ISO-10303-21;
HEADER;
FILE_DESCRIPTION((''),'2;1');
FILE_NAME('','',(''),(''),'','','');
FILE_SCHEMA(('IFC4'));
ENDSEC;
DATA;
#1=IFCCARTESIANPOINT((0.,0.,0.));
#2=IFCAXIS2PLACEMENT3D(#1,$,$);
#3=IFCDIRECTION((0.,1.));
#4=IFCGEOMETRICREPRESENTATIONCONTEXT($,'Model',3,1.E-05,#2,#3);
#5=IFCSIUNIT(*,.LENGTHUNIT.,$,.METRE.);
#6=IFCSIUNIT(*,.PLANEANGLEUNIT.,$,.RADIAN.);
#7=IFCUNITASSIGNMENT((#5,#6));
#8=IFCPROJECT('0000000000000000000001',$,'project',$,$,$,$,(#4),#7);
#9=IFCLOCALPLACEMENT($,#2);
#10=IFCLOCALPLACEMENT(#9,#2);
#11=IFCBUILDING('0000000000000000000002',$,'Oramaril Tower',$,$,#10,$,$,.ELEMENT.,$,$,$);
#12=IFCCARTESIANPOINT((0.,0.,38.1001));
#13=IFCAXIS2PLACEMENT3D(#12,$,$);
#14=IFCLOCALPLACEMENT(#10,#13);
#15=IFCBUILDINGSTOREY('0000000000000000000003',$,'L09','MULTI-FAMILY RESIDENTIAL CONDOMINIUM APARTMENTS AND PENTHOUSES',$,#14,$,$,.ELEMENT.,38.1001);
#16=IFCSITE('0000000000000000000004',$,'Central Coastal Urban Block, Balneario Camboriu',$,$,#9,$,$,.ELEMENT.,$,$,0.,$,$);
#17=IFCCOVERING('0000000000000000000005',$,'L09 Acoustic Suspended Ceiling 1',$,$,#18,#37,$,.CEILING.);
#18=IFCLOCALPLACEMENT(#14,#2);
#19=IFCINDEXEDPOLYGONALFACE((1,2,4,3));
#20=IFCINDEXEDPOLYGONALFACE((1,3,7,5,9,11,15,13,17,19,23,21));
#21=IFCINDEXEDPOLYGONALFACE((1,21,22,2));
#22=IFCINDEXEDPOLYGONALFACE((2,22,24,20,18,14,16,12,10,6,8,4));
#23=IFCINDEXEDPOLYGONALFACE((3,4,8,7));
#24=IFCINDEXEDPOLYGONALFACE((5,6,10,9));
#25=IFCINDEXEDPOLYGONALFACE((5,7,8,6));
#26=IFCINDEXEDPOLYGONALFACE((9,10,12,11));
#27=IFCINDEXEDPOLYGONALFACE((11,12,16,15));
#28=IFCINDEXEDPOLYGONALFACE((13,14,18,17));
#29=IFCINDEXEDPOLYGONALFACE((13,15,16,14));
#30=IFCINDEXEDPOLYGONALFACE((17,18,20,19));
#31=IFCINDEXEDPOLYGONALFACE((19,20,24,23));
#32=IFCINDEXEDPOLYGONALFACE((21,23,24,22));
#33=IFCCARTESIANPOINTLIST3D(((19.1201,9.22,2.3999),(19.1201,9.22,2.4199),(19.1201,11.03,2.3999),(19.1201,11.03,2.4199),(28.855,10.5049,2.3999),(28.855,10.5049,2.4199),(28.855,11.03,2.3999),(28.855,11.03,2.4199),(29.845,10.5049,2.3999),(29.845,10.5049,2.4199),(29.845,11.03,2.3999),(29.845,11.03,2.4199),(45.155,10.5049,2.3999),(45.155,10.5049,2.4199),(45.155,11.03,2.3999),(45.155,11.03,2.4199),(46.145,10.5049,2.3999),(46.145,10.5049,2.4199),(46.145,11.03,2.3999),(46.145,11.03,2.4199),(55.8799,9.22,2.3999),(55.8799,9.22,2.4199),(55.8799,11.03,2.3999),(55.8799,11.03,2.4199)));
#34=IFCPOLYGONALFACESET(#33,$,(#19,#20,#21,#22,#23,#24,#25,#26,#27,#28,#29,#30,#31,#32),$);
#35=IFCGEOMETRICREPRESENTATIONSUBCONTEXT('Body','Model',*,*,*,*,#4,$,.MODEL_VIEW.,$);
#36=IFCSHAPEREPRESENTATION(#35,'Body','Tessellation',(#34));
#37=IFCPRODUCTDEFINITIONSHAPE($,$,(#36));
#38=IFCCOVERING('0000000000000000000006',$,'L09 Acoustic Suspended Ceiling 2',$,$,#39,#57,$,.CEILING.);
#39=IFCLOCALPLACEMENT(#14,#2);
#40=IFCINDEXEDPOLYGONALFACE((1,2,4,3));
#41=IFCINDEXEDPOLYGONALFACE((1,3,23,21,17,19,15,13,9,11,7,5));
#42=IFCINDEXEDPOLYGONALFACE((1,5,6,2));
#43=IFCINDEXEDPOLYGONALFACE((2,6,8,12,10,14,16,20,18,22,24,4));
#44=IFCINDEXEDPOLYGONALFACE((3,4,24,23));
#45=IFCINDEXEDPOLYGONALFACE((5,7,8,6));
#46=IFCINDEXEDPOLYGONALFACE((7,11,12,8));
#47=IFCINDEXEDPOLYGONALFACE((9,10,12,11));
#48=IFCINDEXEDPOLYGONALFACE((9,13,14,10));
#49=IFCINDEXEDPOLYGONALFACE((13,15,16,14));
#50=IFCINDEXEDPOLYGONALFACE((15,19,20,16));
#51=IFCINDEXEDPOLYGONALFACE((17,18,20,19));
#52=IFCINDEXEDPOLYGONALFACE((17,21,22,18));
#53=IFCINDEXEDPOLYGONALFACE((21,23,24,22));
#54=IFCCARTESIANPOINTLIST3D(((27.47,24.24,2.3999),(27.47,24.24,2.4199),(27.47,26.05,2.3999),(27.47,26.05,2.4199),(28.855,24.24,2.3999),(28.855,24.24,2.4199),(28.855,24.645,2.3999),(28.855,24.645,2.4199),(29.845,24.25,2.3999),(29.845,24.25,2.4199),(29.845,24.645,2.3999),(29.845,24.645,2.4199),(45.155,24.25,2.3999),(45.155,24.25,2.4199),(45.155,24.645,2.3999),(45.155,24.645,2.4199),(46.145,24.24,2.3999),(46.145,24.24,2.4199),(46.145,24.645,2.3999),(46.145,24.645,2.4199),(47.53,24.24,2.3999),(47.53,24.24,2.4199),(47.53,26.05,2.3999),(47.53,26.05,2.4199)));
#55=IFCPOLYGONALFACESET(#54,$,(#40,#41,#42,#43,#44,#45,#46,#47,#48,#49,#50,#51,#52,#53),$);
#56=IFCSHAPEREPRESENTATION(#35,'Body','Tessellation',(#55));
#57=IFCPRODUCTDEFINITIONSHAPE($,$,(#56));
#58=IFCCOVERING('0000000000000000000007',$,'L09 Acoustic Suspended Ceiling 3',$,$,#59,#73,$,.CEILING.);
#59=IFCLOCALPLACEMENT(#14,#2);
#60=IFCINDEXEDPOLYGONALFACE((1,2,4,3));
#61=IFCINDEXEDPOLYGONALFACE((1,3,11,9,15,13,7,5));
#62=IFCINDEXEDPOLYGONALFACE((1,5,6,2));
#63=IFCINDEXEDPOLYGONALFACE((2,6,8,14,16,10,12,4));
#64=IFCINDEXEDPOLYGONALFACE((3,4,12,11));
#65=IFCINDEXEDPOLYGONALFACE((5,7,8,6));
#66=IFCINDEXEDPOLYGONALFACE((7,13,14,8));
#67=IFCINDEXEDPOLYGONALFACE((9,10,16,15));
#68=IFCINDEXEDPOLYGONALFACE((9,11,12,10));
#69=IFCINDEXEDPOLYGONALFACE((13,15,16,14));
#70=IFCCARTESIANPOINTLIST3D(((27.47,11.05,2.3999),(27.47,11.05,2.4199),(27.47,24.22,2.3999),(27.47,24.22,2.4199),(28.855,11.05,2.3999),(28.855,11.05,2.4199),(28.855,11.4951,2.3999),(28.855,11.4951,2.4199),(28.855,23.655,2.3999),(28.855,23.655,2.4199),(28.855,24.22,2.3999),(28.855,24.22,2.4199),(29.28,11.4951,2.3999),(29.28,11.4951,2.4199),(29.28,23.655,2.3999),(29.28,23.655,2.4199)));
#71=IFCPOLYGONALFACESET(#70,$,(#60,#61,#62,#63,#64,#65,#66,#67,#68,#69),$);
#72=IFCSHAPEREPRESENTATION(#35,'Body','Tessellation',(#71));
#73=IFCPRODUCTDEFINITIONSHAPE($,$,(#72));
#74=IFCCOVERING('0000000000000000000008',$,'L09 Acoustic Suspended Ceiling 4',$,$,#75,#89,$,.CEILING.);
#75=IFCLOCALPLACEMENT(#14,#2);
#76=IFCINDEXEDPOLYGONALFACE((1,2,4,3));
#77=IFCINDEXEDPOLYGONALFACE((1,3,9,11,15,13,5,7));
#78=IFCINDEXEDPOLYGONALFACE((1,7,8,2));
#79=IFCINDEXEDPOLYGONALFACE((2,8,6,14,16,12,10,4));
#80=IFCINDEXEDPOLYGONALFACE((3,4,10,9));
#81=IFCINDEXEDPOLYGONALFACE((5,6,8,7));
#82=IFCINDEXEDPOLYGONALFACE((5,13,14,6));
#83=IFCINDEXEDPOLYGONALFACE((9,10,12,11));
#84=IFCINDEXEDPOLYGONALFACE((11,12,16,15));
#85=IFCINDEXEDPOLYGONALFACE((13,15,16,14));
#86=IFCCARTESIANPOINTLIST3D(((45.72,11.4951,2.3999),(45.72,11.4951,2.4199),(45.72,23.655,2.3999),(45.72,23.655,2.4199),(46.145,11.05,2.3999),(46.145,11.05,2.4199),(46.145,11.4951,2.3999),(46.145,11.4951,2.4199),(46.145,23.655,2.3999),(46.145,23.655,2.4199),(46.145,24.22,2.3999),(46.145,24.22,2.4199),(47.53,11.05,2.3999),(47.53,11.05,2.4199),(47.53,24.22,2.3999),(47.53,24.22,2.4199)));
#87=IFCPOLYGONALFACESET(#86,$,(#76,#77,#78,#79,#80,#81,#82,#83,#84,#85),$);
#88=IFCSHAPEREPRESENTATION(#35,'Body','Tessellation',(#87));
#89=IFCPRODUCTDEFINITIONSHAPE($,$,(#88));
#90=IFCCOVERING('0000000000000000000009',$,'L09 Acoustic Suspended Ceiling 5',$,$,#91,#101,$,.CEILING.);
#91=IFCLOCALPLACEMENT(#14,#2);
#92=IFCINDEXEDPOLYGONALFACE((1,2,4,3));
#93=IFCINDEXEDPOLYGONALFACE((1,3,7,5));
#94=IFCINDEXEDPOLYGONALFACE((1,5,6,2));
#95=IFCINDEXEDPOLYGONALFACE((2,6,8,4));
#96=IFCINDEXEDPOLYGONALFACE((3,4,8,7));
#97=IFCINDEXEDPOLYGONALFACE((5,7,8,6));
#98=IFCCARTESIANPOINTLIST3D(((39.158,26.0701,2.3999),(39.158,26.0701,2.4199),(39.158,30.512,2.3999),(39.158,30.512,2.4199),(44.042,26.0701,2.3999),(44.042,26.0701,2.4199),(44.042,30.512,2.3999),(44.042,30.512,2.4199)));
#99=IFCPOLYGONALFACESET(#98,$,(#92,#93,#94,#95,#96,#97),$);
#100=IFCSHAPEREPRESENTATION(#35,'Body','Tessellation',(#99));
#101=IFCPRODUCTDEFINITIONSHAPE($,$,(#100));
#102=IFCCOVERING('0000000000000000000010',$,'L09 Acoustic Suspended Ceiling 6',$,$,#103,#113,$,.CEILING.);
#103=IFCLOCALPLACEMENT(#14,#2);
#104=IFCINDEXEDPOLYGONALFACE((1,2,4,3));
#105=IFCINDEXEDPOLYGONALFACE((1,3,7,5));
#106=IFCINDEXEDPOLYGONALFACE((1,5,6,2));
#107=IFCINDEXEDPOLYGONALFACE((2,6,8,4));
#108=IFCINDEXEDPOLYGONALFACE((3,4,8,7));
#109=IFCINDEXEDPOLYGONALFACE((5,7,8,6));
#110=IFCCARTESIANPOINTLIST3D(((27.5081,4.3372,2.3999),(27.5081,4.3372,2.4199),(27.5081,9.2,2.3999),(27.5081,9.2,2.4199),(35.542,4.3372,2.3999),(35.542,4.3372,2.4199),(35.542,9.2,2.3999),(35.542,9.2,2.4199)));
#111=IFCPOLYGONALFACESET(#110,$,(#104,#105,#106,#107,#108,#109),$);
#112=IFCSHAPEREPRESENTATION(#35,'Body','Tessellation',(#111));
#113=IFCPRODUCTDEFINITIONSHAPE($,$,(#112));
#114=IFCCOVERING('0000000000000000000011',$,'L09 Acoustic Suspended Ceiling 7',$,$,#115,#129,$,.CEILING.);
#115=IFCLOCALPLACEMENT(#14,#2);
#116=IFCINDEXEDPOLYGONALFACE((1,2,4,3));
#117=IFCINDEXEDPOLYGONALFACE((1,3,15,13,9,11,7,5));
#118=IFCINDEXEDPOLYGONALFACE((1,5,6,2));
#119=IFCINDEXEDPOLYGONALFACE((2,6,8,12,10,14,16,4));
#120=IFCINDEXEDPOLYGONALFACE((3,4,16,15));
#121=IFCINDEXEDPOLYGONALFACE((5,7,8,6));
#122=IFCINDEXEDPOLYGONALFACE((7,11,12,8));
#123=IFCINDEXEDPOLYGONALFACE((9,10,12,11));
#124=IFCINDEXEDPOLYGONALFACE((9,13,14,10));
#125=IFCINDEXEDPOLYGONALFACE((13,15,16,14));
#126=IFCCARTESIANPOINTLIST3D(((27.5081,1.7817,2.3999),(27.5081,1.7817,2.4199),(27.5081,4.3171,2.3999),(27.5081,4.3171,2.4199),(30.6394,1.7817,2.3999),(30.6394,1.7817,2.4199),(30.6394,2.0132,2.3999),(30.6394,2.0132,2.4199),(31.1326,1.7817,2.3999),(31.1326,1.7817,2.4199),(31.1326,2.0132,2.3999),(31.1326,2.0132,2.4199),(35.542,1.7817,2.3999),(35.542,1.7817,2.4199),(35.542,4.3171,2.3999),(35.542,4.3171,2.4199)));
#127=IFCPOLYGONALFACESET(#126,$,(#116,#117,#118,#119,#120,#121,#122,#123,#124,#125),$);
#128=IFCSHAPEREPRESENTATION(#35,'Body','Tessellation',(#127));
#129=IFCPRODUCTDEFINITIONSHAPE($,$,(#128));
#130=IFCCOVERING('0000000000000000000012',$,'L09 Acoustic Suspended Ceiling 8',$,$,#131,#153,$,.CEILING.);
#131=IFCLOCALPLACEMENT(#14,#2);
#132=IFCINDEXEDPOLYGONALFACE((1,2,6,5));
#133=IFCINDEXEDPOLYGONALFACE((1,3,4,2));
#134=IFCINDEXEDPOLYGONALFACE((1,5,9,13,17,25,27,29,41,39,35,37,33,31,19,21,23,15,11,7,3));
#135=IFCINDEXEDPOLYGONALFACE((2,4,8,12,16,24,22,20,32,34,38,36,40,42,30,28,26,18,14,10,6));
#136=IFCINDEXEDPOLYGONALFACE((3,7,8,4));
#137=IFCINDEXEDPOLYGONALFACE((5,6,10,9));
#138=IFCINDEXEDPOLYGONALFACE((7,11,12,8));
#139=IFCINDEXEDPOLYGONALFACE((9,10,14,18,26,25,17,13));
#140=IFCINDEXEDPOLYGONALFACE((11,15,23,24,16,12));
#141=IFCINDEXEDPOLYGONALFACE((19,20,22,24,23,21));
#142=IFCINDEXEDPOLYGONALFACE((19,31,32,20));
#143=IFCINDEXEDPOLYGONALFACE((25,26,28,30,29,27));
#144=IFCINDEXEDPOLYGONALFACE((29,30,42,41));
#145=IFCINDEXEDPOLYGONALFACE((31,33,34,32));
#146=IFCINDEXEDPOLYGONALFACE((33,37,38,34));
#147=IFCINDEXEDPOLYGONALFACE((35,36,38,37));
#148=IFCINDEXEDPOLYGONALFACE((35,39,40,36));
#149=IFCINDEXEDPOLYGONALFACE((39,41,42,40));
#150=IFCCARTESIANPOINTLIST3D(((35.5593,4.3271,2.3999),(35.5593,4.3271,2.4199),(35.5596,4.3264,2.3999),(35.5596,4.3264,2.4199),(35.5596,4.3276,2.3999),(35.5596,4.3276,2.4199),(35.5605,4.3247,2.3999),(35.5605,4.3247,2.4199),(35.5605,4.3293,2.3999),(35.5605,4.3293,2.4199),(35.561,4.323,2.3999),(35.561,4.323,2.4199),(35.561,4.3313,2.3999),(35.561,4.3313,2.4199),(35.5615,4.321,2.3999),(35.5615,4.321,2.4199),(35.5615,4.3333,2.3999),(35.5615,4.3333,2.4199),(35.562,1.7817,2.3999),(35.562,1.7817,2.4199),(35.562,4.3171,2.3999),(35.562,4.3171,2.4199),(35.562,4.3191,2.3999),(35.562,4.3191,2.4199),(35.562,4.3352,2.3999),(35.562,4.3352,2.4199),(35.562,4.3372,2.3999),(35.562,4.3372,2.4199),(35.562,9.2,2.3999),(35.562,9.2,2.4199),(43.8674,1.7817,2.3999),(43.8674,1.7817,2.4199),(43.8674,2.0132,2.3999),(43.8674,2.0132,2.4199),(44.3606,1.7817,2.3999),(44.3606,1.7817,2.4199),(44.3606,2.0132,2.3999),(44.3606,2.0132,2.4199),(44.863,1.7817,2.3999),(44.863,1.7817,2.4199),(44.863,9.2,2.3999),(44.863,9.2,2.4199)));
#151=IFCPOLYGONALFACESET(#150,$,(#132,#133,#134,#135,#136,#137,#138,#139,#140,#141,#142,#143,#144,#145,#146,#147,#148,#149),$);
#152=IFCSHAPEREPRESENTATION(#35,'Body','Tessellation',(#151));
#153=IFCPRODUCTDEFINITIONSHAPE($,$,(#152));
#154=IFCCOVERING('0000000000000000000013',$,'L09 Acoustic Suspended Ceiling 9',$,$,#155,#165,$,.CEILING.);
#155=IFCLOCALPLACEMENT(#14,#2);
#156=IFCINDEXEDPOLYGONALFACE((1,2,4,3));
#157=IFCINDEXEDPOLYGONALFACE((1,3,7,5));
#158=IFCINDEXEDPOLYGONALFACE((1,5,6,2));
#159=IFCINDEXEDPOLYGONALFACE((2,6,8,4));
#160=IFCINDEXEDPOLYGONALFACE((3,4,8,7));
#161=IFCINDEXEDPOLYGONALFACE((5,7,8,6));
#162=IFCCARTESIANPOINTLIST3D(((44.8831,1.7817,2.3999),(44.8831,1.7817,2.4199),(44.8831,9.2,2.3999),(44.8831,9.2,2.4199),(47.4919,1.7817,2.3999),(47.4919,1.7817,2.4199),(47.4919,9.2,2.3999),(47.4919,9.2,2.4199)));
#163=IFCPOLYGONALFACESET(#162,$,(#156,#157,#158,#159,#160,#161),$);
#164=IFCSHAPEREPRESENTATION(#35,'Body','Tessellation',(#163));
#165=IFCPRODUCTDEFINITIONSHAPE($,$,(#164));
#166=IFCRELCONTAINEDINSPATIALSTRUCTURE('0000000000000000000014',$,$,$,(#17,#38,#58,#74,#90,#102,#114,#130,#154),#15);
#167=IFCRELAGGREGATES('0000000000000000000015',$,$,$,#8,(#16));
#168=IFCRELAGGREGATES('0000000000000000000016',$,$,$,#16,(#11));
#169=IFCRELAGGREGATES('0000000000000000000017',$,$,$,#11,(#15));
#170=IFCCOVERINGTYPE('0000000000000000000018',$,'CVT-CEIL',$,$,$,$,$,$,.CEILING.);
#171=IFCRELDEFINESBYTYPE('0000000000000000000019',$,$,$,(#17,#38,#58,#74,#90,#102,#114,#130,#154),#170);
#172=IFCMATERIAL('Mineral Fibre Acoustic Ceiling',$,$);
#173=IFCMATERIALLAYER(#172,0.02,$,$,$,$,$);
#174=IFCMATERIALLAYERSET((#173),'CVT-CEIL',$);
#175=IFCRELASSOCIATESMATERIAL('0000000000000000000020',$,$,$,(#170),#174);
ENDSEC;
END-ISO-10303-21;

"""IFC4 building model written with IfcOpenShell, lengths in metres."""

from ifc_helpers import new_model, si_unit, direction, frame, origin, place, context, subcontext, project, spatial, polyline, outline, extrude, material, layer, layer_set, type_object, element, save


model = new_model("IFC4")

# Units and contexts
model_context = context("Model", 3, precision=1e-05, world=origin(), true_north=direction((0.0, 1.0)))
body_context = subcontext(model_context, "Body", "Model", "MODEL_VIEW")
ifc_project = project(units=[si_unit("LENGTHUNIT", "METRE"), si_unit("PLANEANGLEUNIT", "RADIAN")], contexts=[model_context])

# Site, building, storey
site_placement = place(None, origin())
site = spatial("IfcSite", under=ifc_project, at=site_placement, Name="Central Coastal Urban Block, Balneario Camboriu", CompositionType="ELEMENT", RefElevation=0.0)
building_placement = place(site_placement, origin())
building = spatial("IfcBuilding", under=site, at=building_placement, Name="Oramaril Tower", CompositionType="ELEMENT")
storey_placement = place(building_placement, frame((0.0, 0.0, 38.1001)))
storey = spatial("IfcBuildingStorey", under=building, at=storey_placement, Name="L09", Description="MULTI-FAMILY RESIDENTIAL CONDOMINIUM APARTMENTS AND PENTHOUSES", CompositionType="ELEMENT", Elevation=38.1001)

# Coverings
ifc_material_1 = material(Name="Mineral Fibre Acoustic Ceiling")
ifc_layer_1 = layer(ifc_material_1, 0.02)
ifc_layer_set_1 = layer_set([ifc_layer_1], Name="CVT-CEIL")
covering_type_1 = type_object("IfcCoveringType", Name="CVT-CEIL", PredefinedType="CEILING", material=ifc_layer_set_1)
covering_1_placement = place(storey_placement, frame((0.0, 0.0, 2.3999)))
element("IfcCovering", 1, at=covering_1_placement, inside=storey, type_object=covering_type_1, Name="L09 Acoustic Suspended Ceiling 1", PredefinedType="CEILING", context=body_context, shape_type="SweptSolid", body=[
    extrude(outline(polyline([(28.855, 10.5049), (29.845, 10.5049), (29.845, 11.03), (45.155, 11.03), (45.155, 10.5049), (46.145, 10.5049), (46.145, 11.03), (55.8799, 11.03), (55.8799, 9.22), (19.1201, 9.22), (19.1201, 11.03), (28.855, 11.03), (28.855, 10.5049)])), origin(), (0.0, 0.0, 1.0), 0.02),
])
covering_2_placement = place(storey_placement, frame((0.0, 0.0, 2.3999)))
element("IfcCovering", 2, at=covering_2_placement, inside=storey, type_object=covering_type_1, Name="L09 Acoustic Suspended Ceiling 2", PredefinedType="CEILING", context=body_context, shape_type="SweptSolid", body=[
    extrude(outline(polyline([(47.53, 24.24), (46.145, 24.24), (46.145, 24.645), (45.155, 24.645), (45.155, 24.25), (29.845, 24.25), (29.845, 24.645), (28.855, 24.645), (28.855, 24.24), (27.47, 24.24), (27.47, 26.05), (47.53, 26.05), (47.53, 24.24)])), origin(), (0.0, 0.0, 1.0), 0.02),
])
covering_3_placement = place(storey_placement, frame((0.0, 0.0, 2.3999)))
element("IfcCovering", 3, at=covering_3_placement, inside=storey, type_object=covering_type_1, Name="L09 Acoustic Suspended Ceiling 3", PredefinedType="CEILING", context=body_context, shape_type="SweptSolid", body=[
    extrude(outline(polyline([(28.855, 23.655), (29.28, 23.655), (29.28, 11.4951), (28.855, 11.4951), (28.855, 11.05), (27.47, 11.05), (27.47, 24.22), (28.855, 24.22), (28.855, 23.655)])), origin(), (0.0, 0.0, 1.0), 0.02),
])
covering_4_placement = place(storey_placement, frame((0.0, 0.0, 2.3999)))
element("IfcCovering", 4, at=covering_4_placement, inside=storey, type_object=covering_type_1, Name="L09 Acoustic Suspended Ceiling 4", PredefinedType="CEILING", context=body_context, shape_type="SweptSolid", body=[
    extrude(outline(polyline([(47.53, 11.05), (46.145, 11.05), (46.145, 11.4951), (45.72, 11.4951), (45.72, 23.655), (46.145, 23.655), (46.145, 24.22), (47.53, 24.22), (47.53, 11.05)])), origin(), (0.0, 0.0, 1.0), 0.02),
])
covering_5_placement = place(storey_placement, frame((0.0, 0.0, 2.3999)))
element("IfcCovering", 5, at=covering_5_placement, inside=storey, type_object=covering_type_1, Name="L09 Acoustic Suspended Ceiling 5", PredefinedType="CEILING", context=body_context, shape_type="SweptSolid", body=[
    extrude(outline(polyline([(44.042, 30.512), (44.042, 26.0701), (39.158, 26.0701), (39.158, 30.512), (44.042, 30.512)])), origin(), (0.0, 0.0, 1.0), 0.02),
])
covering_6_placement = place(storey_placement, frame((0.0, 0.0, 2.3999)))
element("IfcCovering", 6, at=covering_6_placement, inside=storey, type_object=covering_type_1, Name="L09 Acoustic Suspended Ceiling 6", PredefinedType="CEILING", context=body_context, shape_type="SweptSolid", body=[
    extrude(outline(polyline([(27.5081, 9.2), (35.542, 9.2), (35.542, 4.3372), (27.5081, 4.3372), (27.5081, 9.2)])), origin(), (0.0, 0.0, 1.0), 0.02),
])
covering_7_placement = place(storey_placement, frame((0.0, 0.0, 2.3999)))
element("IfcCovering", 7, at=covering_7_placement, inside=storey, type_object=covering_type_1, Name="L09 Acoustic Suspended Ceiling 7", PredefinedType="CEILING", context=body_context, shape_type="SweptSolid", body=[
    extrude(outline(polyline([(31.1326, 2.0132), (30.6394, 2.0132), (30.6394, 1.7817), (27.5081, 1.7817), (27.5081, 4.3171), (35.542, 4.3171), (35.542, 1.7817), (31.1326, 1.7817), (31.1326, 2.0132)])), origin(), (0.0, 0.0, 1.0), 0.02),
])
covering_8_placement = place(storey_placement, frame((0.0, 0.0, 2.3999)))
element("IfcCovering", 8, at=covering_8_placement, inside=storey, type_object=covering_type_1, Name="L09 Acoustic Suspended Ceiling 8", PredefinedType="CEILING", context=body_context, shape_type="SweptSolid", body=[
    extrude(outline(polyline([(44.3606, 1.7817), (44.3606, 2.0132), (43.8674, 2.0132), (43.8674, 1.7817), (35.562, 1.7817), (35.562, 4.3171), (35.562, 4.3191), (35.5615, 4.321), (35.561, 4.323), (35.5605, 4.3247), (35.5596, 4.3264), (35.5593, 4.3271), (35.5596, 4.3276), (35.5605, 4.3293), (35.561, 4.3313), (35.5615, 4.3333), (35.562, 4.3352), (35.562, 4.3372), (35.562, 9.2), (44.863, 9.2), (44.863, 1.7817), (44.3606, 1.7817)])), origin(), (0.0, 0.0, 1.0), 0.02),
])
covering_9_placement = place(storey_placement, frame((0.0, 0.0, 2.3999)))
element("IfcCovering", 9, at=covering_9_placement, inside=storey, type_object=covering_type_1, Name="L09 Acoustic Suspended Ceiling 9", PredefinedType="CEILING", context=body_context, shape_type="SweptSolid", body=[
    extrude(outline(polyline([(47.4919, 1.7817), (44.8831, 1.7817), (44.8831, 9.2), (47.4919, 9.2), (47.4919, 1.7817)])), origin(), (0.0, 0.0, 1.0), 0.02),
])

save(model, "model.ifc")
